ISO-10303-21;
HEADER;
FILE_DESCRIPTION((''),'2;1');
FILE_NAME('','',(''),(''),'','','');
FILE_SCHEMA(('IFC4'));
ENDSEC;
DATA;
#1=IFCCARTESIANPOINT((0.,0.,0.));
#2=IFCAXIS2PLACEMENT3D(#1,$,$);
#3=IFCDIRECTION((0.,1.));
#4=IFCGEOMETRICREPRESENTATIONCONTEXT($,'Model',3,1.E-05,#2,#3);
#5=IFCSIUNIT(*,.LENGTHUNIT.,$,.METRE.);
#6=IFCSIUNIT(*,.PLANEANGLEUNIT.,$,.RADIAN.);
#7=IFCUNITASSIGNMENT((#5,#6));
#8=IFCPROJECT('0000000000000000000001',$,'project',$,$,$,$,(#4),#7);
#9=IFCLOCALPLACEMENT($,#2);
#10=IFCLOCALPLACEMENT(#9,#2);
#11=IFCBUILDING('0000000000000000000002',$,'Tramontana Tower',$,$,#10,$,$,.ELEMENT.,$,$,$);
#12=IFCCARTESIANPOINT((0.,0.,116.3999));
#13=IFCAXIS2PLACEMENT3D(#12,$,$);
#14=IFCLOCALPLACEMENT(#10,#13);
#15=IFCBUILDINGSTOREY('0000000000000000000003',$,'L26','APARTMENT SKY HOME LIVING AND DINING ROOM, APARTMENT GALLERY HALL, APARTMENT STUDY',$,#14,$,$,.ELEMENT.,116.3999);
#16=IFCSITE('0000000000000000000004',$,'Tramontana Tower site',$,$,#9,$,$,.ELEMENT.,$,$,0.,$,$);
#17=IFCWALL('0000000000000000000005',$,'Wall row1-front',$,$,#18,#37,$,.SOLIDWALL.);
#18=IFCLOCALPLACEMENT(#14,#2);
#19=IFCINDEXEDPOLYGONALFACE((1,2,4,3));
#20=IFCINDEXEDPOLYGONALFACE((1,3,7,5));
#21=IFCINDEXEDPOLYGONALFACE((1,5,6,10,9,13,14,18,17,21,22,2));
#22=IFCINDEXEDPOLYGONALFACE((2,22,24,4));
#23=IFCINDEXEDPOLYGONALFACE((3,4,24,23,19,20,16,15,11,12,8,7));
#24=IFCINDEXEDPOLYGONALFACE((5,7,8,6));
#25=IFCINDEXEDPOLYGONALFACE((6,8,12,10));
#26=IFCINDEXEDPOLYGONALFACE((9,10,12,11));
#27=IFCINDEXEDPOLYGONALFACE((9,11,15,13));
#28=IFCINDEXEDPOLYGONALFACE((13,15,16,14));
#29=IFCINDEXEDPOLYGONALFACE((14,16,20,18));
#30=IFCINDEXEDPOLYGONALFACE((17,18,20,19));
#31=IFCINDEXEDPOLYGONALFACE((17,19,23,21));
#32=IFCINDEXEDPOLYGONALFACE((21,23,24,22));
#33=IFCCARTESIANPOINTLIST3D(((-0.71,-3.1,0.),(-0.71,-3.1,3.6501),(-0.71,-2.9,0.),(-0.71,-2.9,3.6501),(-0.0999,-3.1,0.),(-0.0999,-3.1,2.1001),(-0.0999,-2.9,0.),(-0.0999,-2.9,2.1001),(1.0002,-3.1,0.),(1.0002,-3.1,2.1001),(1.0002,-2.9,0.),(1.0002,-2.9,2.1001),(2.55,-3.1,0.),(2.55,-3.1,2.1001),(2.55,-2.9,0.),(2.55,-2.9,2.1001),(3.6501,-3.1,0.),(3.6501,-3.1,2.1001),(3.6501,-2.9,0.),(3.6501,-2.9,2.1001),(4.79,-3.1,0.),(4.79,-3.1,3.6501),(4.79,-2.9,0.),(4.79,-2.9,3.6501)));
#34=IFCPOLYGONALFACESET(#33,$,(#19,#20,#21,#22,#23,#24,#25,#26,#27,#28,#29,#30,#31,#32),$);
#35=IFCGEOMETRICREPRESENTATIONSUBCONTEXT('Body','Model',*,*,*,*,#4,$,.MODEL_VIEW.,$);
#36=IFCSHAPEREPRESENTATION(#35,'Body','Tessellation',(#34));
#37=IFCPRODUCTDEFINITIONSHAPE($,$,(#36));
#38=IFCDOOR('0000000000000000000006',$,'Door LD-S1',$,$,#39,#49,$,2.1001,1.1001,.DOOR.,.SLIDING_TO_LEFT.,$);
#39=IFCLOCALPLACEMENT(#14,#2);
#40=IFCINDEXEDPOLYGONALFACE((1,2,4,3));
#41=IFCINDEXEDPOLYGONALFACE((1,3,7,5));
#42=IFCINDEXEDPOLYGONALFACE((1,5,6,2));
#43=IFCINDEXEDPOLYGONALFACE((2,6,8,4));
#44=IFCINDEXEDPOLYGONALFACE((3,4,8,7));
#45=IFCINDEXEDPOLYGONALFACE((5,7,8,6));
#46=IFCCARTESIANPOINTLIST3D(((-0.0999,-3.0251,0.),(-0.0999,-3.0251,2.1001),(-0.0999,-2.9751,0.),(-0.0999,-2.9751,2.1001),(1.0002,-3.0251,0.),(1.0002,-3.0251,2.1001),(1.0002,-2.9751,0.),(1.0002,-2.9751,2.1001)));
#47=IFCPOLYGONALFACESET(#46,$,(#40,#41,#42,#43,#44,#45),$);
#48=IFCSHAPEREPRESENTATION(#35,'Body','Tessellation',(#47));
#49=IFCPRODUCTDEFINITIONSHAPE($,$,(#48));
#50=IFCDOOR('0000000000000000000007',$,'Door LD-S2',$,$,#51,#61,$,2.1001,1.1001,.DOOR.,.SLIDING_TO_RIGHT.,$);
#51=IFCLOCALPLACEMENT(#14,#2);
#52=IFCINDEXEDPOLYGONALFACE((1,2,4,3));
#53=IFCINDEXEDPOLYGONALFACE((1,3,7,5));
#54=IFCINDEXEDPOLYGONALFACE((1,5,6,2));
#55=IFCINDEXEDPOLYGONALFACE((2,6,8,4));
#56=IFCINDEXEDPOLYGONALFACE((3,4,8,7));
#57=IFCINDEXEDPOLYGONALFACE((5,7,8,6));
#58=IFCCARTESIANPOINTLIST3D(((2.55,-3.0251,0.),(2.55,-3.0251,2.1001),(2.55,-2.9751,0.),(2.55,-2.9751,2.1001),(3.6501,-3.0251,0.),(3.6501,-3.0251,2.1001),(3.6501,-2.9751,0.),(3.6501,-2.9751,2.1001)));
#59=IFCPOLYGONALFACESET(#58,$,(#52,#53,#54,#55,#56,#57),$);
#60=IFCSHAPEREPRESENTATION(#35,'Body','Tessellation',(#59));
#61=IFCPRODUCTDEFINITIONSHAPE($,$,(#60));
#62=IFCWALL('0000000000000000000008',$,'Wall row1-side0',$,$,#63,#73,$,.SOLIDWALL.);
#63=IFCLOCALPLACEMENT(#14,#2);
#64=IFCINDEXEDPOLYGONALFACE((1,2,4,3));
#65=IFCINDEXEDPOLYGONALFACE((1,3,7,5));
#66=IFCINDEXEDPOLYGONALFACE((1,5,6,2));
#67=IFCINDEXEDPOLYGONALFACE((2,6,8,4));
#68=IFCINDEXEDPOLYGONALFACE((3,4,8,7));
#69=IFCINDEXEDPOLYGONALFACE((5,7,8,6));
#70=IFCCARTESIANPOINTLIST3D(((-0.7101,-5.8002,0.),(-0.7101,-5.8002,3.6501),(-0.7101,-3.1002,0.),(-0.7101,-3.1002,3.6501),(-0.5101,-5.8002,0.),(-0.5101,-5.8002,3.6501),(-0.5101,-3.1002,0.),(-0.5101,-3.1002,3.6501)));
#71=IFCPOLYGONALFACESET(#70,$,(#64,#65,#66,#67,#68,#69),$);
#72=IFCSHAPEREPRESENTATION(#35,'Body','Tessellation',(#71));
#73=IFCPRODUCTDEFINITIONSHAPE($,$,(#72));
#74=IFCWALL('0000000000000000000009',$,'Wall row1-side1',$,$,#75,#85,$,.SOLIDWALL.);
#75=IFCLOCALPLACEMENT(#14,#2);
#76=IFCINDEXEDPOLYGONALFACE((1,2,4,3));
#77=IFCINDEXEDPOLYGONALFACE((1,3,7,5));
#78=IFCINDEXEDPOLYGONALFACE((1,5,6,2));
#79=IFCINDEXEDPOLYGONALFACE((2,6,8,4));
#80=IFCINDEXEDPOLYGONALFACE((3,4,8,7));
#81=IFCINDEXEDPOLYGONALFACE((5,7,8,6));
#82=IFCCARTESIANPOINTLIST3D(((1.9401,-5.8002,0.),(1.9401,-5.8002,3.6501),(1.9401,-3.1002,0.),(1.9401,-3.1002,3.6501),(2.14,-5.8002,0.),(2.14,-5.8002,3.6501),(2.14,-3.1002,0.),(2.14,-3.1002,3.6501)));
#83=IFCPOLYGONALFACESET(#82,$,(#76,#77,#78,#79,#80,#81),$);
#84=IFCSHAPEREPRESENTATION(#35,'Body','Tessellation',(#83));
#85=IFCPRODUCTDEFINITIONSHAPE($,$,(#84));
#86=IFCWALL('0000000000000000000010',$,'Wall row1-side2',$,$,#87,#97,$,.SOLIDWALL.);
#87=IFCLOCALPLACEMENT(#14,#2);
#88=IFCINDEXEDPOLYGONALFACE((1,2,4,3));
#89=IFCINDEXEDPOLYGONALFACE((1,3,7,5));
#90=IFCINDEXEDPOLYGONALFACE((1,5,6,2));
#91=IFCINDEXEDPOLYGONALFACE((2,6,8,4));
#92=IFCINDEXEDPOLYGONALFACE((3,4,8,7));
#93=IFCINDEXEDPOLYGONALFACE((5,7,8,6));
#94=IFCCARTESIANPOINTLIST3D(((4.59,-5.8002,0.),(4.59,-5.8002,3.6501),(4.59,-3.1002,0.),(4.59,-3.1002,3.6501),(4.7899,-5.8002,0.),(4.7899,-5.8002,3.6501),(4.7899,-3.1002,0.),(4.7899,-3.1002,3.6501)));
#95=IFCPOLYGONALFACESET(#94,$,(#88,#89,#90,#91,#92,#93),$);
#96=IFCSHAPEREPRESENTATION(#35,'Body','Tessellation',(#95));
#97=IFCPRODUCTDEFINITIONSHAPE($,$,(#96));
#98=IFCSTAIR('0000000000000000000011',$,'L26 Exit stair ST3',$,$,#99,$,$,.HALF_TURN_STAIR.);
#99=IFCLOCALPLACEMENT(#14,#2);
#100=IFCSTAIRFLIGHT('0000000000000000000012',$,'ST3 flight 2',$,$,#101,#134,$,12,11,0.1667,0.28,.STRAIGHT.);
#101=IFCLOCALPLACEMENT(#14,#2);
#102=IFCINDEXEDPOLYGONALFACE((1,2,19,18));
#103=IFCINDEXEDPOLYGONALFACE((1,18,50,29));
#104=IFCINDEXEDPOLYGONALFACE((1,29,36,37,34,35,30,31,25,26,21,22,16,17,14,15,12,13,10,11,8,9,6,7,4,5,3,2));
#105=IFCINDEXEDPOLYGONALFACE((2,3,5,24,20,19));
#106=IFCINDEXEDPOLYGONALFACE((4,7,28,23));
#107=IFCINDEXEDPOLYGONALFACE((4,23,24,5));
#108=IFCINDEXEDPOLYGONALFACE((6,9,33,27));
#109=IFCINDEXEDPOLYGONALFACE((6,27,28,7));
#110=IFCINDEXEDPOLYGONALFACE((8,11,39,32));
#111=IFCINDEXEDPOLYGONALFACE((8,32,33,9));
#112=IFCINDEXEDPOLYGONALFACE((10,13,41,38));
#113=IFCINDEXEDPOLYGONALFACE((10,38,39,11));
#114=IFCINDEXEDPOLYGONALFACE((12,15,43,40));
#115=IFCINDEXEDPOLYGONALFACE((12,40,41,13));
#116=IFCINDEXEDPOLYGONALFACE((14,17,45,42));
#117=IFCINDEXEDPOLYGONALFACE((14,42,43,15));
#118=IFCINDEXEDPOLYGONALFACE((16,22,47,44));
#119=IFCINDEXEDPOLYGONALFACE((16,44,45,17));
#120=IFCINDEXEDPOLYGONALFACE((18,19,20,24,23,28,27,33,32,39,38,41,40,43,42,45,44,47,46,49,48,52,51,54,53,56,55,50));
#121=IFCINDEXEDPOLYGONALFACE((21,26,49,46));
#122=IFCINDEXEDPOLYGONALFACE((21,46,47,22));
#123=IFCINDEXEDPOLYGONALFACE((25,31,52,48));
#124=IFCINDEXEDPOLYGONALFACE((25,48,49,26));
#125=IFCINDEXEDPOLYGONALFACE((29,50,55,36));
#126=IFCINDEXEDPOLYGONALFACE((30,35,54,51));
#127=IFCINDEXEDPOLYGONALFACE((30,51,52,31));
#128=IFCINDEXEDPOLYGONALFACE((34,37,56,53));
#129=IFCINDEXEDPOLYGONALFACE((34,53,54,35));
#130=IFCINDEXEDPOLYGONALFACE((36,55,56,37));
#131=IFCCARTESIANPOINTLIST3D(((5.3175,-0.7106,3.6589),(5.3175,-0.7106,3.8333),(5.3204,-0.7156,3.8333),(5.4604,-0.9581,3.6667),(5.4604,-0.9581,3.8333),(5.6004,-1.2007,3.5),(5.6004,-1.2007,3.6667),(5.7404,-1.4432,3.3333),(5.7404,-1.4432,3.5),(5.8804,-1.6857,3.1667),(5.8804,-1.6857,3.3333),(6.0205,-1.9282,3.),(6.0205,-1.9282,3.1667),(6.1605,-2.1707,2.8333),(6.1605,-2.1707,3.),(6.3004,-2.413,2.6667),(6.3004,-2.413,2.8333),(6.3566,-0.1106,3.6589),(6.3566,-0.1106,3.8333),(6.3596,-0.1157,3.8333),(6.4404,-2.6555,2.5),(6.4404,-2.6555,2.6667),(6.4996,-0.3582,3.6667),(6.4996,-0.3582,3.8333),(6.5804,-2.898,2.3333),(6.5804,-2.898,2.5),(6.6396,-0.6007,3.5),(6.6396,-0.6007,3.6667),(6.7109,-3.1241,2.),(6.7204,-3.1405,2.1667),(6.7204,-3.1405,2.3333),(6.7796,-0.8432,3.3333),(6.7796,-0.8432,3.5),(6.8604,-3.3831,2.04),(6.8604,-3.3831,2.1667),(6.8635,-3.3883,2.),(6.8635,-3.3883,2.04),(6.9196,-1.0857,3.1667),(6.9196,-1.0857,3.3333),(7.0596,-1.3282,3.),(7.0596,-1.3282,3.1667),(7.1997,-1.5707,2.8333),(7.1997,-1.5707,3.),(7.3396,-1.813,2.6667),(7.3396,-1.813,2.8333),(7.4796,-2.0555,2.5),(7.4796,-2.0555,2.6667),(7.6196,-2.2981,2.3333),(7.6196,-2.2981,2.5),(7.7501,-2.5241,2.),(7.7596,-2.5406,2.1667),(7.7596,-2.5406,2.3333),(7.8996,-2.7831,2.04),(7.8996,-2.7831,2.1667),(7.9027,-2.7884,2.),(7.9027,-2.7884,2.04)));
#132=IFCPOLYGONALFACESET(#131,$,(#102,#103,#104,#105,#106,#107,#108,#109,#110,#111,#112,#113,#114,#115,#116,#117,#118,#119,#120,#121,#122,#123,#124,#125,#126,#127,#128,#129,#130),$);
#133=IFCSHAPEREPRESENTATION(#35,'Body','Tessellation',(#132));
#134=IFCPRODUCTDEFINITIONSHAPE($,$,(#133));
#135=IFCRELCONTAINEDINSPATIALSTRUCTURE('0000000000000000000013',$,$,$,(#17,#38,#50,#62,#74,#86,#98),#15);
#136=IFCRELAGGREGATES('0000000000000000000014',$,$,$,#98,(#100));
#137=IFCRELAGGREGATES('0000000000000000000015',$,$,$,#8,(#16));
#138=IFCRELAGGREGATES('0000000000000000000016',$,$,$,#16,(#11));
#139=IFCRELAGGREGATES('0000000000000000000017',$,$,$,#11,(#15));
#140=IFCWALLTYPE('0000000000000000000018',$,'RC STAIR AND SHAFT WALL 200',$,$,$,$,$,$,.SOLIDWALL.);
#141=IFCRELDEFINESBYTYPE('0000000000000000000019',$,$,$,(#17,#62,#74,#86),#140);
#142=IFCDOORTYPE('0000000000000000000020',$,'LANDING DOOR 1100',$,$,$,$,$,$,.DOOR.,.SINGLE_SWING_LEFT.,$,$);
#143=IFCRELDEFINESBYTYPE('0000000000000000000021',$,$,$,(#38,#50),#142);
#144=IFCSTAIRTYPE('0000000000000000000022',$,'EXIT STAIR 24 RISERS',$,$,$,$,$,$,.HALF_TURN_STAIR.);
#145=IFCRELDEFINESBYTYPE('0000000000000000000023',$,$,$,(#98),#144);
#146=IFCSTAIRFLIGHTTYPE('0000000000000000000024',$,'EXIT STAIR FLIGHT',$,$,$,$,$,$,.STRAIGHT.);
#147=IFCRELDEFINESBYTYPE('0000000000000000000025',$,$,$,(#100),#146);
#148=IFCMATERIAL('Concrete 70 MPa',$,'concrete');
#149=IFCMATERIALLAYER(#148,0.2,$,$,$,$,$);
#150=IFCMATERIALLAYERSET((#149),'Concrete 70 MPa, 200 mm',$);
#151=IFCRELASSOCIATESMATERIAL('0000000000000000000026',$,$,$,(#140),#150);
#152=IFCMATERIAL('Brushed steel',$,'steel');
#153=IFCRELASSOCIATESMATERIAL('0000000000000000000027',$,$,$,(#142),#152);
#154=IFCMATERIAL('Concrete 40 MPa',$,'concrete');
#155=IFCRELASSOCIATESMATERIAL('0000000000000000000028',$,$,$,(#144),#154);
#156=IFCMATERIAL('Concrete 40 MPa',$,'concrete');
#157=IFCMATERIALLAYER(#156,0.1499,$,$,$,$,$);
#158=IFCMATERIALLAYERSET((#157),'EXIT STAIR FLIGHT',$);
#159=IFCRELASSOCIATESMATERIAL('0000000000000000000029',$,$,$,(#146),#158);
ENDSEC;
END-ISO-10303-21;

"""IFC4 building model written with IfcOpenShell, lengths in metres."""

from ifc_helpers import new_model, si_unit, direction, frame, frame_2d, origin, place, context, subcontext, project, spatial, polyline, rectangle, outline, extrude, material, layer, layer_set, type_object, element, fill, aggregate, save


model = new_model("IFC4")

# Units and contexts
model_context = context("Model", 3, precision=1e-05, world=origin(), true_north=direction((0.0, 1.0)))
body_context = subcontext(model_context, "Body", "Model", "MODEL_VIEW")
ifc_project = project(units=[si_unit("LENGTHUNIT", "METRE"), si_unit("PLANEANGLEUNIT", "RADIAN")], contexts=[model_context])

# Site, building, storey
site_placement = place(None, origin())
site = spatial("IfcSite", under=ifc_project, at=site_placement, Name="Tramontana Tower site", CompositionType="ELEMENT", RefElevation=0.0)
building_placement = place(site_placement, origin())
building = spatial("IfcBuilding", under=site, at=building_placement, Name="Tramontana Tower", CompositionType="ELEMENT")
storey_placement = place(building_placement, frame((0.0, 0.0, 116.3999)))
storey = spatial("IfcBuildingStorey", under=building, at=storey_placement, Name="L26", Description="APARTMENT SKY HOME LIVING AND DINING ROOM, APARTMENT GALLERY HALL, APARTMENT STUDY", CompositionType="ELEMENT", Elevation=116.3999)

# Shared definitions
ifc_material_1 = material(Name="Concrete 70 MPa", Category="concrete")
ifc_layer_1 = layer(ifc_material_1, 0.2)
ifc_layer_set_1 = layer_set([ifc_layer_1], Name="Concrete 70 MPa, 200 mm")
wall_type_1 = type_object("IfcWallType", Name="RC STAIR AND SHAFT WALL 200", PredefinedType="SOLIDWALL", material=ifc_layer_set_1)

# Wall, openings, doors
wall_1_placement = place(storey_placement, frame((-0.71, -3.0, 0.0), z_axis=(0.0, 0.0, 1.0), x_axis=(1.0, 0.0, 0.0)))
wall_1 = element("IfcWall", 1, at=wall_1_placement, inside=storey, type_object=wall_type_1, Name="Wall row1-front", PredefinedType="SOLIDWALL", context=body_context, shape_type="SweptSolid", body=[
    extrude(rectangle(XDim=5.5, YDim=0.2, at=frame_2d((2.75, 0.0))), origin(), (0.0, 0.0, 1.0), 3.6501),
])
opening_1_placement = place(wall_1_placement, frame((0.6101, 0.0, 0.0)))
opening_1 = element("IfcOpeningElement", 2, at=opening_1_placement, cuts=wall_1, PredefinedType="OPENING", context=body_context, shape_type="SweptSolid", body=[
    extrude(rectangle(XDim=1.1001, YDim=2.1001, at=frame_2d((0.55, 1.05))), frame((0.0, 0.1099, 0.0), z_axis=(0.0, -1.0, 0.0), x_axis=(1.0, 0.0, 0.0)), (0.0, 0.0, 1.0), 0.22),
])
opening_2_placement = place(wall_1_placement, frame((3.26, 0.0, 0.0)))
opening_2 = element("IfcOpeningElement", 3, at=opening_2_placement, cuts=wall_1, PredefinedType="OPENING", context=body_context, shape_type="SweptSolid", body=[
    extrude(rectangle(XDim=1.1001, YDim=2.1001, at=frame_2d((0.55, 1.05))), frame((0.0, 0.1099, 0.0), z_axis=(0.0, -1.0, 0.0), x_axis=(1.0, 0.0, 0.0)), (0.0, 0.0, 1.0), 0.22),
])
ifc_material_2 = material(Name="Brushed steel", Category="steel")
door_type_1 = type_object("IfcDoorType", Name="LANDING DOOR 1100", OperationType="SINGLE_SWING_LEFT", PredefinedType="DOOR", material=ifc_material_2)
door_1_placement = place(opening_1_placement, origin())
door_1 = element("IfcDoor", 4, at=door_1_placement, inside=storey, type_object=door_type_1, Name="Door LD-S1", OperationType="SLIDING_TO_LEFT", OverallHeight=2.1001, OverallWidth=1.1001, PredefinedType="DOOR", context=body_context, shape_type="SweptSolid", body=[
    extrude(rectangle(XDim=1.1001, YDim=2.1001, at=frame_2d((0.55, 1.05))), frame((0.0, 0.0249, 0.0), z_axis=(0.0, -1.0, 0.0), x_axis=(1.0, 0.0, 0.0)), (0.0, 0.0, 1.0), 0.05),
])
fill(opening_1, door_1)
door_2_placement = place(opening_2_placement, origin())
door_2 = element("IfcDoor", 5, at=door_2_placement, inside=storey, type_object=door_type_1, Name="Door LD-S2", OperationType="SLIDING_TO_RIGHT", OverallHeight=2.1001, OverallWidth=1.1001, PredefinedType="DOOR", context=body_context, shape_type="SweptSolid", body=[
    extrude(rectangle(XDim=1.1001, YDim=2.1001, at=frame_2d((0.55, 1.05))), frame((0.0, 0.0249, 0.0), z_axis=(0.0, -1.0, 0.0), x_axis=(1.0, 0.0, 0.0)), (0.0, 0.0, 1.0), 0.05),
])
fill(opening_2, door_2)

# Walls
for number, where, z_axis, x_axis, name in (
    (6, (-0.6101, -3.1001, 0.0), (0.0, 0.0, 1.0), (0.0, -1.0, 0.0), "Wall row1-side0"),
    (7, (2.04, -3.1001, 0.0), (0.0, 0.0, 1.0), (0.0, -1.0, 0.0), "Wall row1-side1"),
    (8, (4.6899, -3.1001, 0.0), (0.0, 0.0, 1.0), (0.0, -1.0, 0.0), "Wall row1-side2"),
):
    element("IfcWall", number, at=place(storey_placement, frame(where, z_axis=z_axis, x_axis=x_axis)), inside=storey, type_object=wall_type_1, Name=name, PredefinedType="SOLIDWALL", context=body_context, shape_type="SweptSolid", body=[
        extrude(rectangle(XDim=2.7, YDim=0.2, at=frame_2d((1.3501, 0.0))), origin(), (0.0, 0.0, 1.0), 3.6501),
    ])

# Stair, stair flight
ifc_material_3 = material(Name="Concrete 40 MPa", Category="concrete")
stair_type = type_object("IfcStairType", Name="EXIT STAIR 24 RISERS", PredefinedType="HALF_TURN_STAIR", material=ifc_material_3)
stair_placement = place(storey_placement, origin())
stair = element("IfcStair", 9, at=stair_placement, inside=storey, type_object=stair_type, Name="L26 Exit stair ST3", PredefinedType="HALF_TURN_STAIR")
ifc_material_4 = material(Name="Concrete 40 MPa", Category="concrete")
ifc_layer_2 = layer(ifc_material_4, 0.1499)
ifc_layer_set_2 = layer_set([ifc_layer_2], Name="EXIT STAIR FLIGHT")
stair_flight_type = type_object("IfcStairFlightType", Name="EXIT STAIR FLIGHT", PredefinedType="STRAIGHT", material=ifc_layer_set_2)
stair_flight_placement = place(storey_placement, frame((7.3801, -3.083, 2.0), z_axis=(0.0, 0.0, 1.0), x_axis=(-0.5, 0.866025, 0.0)))
stair_flight = element("IfcStairFlight", 10, at=stair_flight_placement, type_object=stair_flight_type, Name="ST3 flight 2", NumberOfRisers=12, NumberOfTreads=11, PredefinedType="STRAIGHT", RiserHeight=0.1667, TreadLength=0.28, context=body_context, shape_type="SweptSolid", body=[
    extrude(outline(polyline([(-0.0061, 0.0), (-0.0061, 0.04), (0.0, 0.04), (0.0, 0.1667), (0.28, 0.1667), (0.28, 0.3333), (0.5601, 0.3333), (0.5601, 0.5), (0.8401, 0.5), (0.8401, 0.6667), (1.1201, 0.6667), (1.1201, 0.8333), (1.3999, 0.8333), (1.3999, 1.0), (1.6799, 1.0), (1.6799, 1.1667), (1.96, 1.1667), (1.96, 1.3333), (2.24, 1.3333), (2.24, 1.5), (2.52, 1.5), (2.52, 1.6667), (2.8, 1.6667), (2.8, 1.8333), (3.0801, 1.8333), (3.0859, 1.8333), (3.0859, 1.6589), (0.2991, 0.0), (-0.0061, 0.0)])), frame((0.0, 0.6001, 0.0), z_axis=(0.0, -1.0, 0.0), x_axis=(1.0, 0.0, 0.0)), (0.0, 0.0, 1.0), 1.2),
])
aggregate(stair, [stair_flight])

save(model, "model.ifc")
